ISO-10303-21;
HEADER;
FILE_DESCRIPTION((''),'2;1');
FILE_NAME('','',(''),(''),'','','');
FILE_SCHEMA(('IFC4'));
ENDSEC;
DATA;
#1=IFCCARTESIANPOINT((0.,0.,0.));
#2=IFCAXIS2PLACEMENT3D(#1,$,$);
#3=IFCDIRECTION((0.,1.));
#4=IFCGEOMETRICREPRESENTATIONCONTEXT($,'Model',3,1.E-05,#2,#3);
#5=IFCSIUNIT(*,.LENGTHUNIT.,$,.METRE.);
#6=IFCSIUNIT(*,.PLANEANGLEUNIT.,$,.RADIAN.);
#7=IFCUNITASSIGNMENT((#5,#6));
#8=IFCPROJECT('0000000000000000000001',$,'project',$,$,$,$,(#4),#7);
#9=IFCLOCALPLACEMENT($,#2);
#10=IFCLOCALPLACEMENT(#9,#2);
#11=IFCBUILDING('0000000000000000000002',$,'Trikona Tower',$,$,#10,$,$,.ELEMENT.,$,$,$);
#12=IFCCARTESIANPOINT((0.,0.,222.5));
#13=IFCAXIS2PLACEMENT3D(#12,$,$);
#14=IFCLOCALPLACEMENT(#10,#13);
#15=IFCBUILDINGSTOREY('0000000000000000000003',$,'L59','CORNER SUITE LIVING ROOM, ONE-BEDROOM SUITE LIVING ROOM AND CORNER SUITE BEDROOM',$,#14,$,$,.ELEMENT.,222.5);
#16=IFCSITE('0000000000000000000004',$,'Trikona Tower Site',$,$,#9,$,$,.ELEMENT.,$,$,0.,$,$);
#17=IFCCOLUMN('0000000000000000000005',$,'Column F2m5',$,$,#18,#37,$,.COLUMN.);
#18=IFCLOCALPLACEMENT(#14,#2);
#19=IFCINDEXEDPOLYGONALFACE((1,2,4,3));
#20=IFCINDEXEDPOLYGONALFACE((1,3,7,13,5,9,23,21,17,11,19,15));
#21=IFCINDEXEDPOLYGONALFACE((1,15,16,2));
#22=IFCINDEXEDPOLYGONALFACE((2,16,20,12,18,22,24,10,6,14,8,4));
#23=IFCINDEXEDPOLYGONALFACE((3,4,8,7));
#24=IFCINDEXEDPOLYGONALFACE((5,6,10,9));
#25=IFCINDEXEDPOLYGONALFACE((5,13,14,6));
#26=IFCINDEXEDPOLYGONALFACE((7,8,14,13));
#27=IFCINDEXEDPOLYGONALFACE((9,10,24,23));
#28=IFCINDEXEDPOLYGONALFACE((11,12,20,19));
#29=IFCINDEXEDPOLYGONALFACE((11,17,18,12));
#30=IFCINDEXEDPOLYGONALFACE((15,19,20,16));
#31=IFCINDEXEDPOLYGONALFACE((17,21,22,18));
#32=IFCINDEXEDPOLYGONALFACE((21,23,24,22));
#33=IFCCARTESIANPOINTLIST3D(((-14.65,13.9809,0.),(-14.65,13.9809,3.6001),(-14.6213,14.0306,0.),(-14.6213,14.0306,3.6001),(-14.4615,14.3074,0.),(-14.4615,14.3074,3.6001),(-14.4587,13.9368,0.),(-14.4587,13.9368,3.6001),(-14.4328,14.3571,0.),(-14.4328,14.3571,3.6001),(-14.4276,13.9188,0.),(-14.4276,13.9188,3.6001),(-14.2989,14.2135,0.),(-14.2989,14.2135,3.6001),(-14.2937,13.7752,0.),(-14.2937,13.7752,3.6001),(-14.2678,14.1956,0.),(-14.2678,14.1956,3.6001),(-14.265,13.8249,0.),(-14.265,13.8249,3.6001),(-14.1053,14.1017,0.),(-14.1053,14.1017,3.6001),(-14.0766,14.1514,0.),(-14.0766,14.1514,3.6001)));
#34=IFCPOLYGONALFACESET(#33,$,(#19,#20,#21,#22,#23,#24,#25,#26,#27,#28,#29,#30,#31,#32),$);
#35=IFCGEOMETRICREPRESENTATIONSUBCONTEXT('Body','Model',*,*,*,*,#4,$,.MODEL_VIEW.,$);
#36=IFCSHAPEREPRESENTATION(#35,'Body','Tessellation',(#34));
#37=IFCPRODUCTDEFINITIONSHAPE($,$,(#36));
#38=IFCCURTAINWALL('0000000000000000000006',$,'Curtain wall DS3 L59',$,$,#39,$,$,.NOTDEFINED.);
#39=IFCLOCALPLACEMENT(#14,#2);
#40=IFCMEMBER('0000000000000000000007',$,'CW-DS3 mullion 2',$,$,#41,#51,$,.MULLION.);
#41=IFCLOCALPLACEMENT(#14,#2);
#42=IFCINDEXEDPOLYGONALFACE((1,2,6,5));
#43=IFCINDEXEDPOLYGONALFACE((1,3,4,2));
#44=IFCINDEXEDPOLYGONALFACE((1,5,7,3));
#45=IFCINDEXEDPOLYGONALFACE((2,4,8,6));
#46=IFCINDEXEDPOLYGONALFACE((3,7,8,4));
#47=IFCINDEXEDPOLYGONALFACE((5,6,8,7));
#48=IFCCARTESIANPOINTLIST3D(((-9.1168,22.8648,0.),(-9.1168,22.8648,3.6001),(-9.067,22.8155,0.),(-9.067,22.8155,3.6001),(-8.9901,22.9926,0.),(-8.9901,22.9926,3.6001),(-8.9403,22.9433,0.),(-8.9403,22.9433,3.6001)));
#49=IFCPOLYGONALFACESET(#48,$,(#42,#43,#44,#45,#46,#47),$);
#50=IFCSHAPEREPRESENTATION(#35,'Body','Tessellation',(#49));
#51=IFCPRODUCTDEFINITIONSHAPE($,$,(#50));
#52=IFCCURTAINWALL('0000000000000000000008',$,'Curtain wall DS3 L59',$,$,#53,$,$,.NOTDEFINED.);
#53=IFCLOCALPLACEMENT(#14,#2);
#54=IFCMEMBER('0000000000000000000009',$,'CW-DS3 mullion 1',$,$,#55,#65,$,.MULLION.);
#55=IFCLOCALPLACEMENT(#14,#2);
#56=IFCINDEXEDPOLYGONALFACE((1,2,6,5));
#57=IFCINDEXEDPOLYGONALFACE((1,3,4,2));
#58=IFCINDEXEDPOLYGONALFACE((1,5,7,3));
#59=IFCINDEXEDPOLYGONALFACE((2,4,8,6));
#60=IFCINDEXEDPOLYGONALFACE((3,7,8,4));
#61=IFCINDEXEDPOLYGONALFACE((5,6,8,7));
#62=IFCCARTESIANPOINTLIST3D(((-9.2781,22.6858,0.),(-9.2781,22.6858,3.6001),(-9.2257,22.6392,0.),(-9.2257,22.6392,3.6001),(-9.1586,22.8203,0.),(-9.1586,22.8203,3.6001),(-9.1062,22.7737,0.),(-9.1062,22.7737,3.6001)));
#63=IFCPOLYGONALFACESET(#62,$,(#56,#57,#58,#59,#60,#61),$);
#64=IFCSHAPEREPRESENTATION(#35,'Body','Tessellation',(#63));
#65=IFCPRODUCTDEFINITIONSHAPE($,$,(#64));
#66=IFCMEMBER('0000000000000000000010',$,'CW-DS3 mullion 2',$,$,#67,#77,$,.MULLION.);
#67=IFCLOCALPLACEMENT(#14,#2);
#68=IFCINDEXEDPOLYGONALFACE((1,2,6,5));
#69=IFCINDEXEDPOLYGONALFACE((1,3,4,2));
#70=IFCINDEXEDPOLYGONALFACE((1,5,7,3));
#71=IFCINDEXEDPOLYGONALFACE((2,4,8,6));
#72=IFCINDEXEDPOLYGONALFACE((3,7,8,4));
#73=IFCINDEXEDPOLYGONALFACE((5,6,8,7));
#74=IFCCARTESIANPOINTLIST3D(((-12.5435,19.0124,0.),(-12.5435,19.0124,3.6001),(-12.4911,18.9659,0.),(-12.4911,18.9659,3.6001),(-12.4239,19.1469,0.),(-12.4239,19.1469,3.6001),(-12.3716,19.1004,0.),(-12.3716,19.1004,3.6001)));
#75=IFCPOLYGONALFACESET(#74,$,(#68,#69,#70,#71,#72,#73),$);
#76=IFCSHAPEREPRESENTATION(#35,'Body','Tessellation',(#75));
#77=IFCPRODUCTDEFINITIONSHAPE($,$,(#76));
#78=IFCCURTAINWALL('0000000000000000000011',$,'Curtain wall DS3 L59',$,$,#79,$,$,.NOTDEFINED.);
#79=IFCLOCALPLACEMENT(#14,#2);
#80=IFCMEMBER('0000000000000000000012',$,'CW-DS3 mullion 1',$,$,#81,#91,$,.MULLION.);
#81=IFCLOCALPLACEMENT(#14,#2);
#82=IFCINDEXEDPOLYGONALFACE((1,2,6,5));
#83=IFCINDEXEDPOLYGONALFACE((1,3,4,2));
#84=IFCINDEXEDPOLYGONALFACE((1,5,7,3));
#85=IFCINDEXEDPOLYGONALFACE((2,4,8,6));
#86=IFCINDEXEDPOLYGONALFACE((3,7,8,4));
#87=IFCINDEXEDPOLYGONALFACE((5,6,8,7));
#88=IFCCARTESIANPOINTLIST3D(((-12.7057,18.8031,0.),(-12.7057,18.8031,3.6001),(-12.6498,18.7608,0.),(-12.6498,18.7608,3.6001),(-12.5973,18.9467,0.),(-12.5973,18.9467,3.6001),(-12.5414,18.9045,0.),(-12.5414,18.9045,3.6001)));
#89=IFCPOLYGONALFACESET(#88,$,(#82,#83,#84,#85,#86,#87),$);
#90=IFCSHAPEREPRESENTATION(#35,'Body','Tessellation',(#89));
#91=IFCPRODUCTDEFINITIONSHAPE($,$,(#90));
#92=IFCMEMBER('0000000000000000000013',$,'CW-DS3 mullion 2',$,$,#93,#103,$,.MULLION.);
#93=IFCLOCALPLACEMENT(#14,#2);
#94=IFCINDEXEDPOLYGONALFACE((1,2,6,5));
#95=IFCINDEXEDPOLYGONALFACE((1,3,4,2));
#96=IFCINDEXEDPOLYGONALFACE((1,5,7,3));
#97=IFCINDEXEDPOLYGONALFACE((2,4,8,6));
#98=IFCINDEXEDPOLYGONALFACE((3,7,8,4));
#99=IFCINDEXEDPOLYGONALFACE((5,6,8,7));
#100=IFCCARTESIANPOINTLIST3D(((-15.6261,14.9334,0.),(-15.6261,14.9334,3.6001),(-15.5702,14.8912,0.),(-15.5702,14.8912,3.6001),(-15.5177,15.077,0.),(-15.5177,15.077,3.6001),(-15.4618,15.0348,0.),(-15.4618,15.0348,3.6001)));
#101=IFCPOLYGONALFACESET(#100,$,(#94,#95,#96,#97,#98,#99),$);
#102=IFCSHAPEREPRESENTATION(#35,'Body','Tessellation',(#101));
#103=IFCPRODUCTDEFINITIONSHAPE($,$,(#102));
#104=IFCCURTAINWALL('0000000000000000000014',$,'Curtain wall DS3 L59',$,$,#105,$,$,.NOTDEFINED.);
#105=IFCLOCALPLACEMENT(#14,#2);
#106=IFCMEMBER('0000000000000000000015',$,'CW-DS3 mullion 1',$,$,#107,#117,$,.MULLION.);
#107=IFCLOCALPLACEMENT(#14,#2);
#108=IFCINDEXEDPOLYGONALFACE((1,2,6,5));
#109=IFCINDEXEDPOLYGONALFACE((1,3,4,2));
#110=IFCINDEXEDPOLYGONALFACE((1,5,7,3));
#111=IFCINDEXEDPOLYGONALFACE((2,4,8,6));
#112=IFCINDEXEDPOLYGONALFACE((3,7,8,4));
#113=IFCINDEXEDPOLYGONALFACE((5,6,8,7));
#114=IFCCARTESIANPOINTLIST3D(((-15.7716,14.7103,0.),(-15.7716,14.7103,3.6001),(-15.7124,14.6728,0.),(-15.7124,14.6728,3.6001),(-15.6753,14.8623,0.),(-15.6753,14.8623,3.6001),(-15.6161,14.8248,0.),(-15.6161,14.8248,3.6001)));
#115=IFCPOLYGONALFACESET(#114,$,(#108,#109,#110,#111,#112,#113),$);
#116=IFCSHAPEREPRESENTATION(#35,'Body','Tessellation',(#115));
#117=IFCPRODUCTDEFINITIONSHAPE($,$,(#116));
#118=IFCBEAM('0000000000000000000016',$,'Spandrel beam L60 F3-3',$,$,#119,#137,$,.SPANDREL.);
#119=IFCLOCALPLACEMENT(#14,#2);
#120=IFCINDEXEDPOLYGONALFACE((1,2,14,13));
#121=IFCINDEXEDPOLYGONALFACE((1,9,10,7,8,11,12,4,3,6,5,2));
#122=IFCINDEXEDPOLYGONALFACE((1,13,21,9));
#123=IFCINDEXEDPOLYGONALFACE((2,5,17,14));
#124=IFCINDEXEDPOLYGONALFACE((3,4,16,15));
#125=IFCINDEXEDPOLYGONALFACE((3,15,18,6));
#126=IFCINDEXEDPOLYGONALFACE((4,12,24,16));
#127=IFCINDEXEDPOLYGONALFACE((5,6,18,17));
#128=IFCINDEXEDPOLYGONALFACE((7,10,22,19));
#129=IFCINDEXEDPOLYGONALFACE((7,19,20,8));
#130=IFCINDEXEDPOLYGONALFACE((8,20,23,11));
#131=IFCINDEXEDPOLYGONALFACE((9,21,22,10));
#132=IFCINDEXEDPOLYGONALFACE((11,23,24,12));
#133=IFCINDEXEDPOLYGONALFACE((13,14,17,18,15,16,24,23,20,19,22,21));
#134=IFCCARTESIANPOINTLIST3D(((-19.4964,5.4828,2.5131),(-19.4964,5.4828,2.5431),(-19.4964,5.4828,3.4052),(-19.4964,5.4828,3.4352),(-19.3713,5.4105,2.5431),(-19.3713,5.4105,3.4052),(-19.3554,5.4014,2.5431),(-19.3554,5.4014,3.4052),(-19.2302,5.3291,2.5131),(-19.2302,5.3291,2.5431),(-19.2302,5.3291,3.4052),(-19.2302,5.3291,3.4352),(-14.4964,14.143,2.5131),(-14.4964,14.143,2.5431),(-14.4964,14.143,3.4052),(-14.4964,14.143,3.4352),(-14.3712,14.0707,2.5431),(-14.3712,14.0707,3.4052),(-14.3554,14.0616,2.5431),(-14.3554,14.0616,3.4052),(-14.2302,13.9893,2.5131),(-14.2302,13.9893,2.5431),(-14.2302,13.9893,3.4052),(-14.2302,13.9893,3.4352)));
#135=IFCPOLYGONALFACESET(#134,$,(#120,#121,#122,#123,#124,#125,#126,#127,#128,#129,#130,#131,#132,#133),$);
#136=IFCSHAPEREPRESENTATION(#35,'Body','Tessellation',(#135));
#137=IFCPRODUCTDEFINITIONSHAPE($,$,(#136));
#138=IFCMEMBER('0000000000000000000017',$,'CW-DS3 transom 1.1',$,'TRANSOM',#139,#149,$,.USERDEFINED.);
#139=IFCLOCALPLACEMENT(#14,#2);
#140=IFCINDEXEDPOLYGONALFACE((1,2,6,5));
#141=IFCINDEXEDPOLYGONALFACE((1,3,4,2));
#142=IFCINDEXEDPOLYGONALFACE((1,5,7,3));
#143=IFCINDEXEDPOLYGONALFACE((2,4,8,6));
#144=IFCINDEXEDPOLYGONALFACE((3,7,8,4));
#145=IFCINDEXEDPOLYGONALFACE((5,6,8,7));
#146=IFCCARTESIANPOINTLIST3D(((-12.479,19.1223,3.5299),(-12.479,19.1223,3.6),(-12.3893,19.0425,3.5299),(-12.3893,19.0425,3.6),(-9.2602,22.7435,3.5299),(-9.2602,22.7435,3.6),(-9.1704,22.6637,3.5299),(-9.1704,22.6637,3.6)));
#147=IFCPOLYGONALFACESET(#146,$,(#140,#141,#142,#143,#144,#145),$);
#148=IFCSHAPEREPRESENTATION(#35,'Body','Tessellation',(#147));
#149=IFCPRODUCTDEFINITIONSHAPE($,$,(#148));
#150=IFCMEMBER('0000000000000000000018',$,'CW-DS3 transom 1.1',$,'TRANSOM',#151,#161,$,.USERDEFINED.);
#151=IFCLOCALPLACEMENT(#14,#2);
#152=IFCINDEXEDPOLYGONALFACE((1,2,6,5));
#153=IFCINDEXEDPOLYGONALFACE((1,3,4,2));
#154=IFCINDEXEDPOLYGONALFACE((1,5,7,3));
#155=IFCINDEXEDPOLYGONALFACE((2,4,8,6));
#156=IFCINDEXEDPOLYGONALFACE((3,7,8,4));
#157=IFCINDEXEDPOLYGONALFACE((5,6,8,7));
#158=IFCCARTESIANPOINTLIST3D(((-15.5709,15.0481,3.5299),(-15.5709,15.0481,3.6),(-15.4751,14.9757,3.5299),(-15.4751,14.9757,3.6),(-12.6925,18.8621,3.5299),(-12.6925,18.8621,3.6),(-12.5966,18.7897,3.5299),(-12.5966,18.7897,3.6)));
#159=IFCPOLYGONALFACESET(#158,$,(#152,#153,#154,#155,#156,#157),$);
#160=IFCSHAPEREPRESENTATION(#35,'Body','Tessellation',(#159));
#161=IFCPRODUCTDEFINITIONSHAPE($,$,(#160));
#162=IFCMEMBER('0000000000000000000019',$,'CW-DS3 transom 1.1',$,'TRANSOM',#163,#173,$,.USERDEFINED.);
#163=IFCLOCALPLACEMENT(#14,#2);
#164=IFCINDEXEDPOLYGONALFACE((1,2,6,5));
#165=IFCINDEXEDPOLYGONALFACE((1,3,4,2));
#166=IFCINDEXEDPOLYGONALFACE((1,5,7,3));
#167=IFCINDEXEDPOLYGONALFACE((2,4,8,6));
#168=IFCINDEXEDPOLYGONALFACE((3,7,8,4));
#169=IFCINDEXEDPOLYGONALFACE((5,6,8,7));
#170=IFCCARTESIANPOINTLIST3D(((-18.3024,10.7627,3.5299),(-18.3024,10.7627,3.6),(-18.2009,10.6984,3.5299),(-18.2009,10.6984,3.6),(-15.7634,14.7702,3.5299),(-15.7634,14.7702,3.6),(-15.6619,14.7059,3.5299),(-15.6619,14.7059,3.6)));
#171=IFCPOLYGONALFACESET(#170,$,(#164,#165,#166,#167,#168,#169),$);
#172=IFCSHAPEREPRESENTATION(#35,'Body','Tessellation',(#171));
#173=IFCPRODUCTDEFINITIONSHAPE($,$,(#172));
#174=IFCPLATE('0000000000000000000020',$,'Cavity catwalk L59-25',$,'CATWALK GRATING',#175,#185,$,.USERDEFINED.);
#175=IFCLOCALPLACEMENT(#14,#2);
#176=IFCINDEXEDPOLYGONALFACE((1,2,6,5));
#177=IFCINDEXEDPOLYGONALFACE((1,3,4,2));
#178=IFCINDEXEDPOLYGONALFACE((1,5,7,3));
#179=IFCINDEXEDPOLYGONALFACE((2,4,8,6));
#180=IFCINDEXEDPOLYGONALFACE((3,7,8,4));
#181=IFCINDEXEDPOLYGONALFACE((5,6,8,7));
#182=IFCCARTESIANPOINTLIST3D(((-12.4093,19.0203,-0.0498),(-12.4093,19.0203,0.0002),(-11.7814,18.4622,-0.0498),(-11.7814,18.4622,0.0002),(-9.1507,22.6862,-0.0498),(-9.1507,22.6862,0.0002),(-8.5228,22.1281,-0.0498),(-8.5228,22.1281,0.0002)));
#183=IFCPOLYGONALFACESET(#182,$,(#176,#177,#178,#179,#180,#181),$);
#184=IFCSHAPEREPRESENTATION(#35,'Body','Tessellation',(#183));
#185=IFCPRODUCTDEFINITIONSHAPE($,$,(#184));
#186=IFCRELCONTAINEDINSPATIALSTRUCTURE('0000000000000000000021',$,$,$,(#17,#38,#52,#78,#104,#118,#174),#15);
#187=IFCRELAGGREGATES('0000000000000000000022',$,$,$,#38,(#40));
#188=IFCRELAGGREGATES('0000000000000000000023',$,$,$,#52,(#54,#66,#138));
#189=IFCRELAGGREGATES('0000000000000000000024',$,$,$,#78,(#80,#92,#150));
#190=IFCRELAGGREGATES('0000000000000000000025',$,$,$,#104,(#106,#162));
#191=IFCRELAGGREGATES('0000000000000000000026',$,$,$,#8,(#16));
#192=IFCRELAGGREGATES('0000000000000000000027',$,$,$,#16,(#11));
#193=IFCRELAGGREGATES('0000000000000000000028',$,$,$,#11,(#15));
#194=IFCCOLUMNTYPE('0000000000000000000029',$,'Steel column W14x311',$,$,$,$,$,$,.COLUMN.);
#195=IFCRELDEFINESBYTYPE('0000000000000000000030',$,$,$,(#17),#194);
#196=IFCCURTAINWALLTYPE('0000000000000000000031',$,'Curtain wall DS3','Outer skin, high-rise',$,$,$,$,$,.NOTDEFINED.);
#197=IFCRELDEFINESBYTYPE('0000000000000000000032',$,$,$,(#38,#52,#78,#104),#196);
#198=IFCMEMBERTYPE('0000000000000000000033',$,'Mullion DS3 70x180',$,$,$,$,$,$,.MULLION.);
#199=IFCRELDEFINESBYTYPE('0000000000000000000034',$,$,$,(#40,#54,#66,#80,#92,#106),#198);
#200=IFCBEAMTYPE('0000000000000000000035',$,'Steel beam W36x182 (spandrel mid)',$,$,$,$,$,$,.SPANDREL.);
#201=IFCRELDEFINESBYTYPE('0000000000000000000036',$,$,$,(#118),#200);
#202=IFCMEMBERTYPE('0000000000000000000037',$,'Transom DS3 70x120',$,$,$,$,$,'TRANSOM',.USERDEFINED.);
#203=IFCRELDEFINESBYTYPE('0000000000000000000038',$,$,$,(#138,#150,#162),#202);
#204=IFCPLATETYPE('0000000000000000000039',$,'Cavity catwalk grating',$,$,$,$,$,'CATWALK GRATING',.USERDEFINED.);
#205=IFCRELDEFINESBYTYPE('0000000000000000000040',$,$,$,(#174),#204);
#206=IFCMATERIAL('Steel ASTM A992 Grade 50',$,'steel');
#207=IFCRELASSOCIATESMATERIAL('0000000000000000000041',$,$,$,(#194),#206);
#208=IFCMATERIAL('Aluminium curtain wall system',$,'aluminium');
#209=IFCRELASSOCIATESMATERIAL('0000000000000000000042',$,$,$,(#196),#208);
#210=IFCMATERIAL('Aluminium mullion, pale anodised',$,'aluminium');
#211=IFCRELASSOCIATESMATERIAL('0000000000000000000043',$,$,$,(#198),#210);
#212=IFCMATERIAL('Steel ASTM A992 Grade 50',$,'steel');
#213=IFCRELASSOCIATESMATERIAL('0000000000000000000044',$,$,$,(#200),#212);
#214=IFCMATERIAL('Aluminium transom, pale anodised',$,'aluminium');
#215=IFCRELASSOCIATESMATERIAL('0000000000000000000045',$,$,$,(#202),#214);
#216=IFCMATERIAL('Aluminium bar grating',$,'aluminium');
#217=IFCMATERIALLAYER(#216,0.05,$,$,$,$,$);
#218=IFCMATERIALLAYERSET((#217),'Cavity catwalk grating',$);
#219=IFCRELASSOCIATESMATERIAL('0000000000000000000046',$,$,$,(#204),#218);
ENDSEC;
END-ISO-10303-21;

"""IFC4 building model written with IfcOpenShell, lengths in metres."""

from ifc_helpers import new_model, si_unit, direction, frame, origin, origin_2d, place, context, subcontext, project, spatial, rectangle, i_section, extrude, material, layer, layer_set, material_profile, profile_set, type_object, element, aggregate, save


model = new_model("IFC4")

# Units and contexts
model_context = context("Model", 3, precision=1e-05, world=origin(), true_north=direction((0.0, 1.0)))
body_context = subcontext(model_context, "Body", "Model", "MODEL_VIEW")
ifc_project = project(units=[si_unit("LENGTHUNIT", "METRE"), si_unit("PLANEANGLEUNIT", "RADIAN")], contexts=[model_context])

# Site, building, storey
site_placement = place(None, origin())
site = spatial("IfcSite", under=ifc_project, at=site_placement, Name="Trikona Tower Site", CompositionType="ELEMENT", RefElevation=0.0)
building_placement = place(site_placement, origin())
building = spatial("IfcBuilding", under=site, at=building_placement, Name="Trikona Tower", CompositionType="ELEMENT")
storey_placement = place(building_placement, frame((0.0, 0.0, 222.5)))
storey = spatial("IfcBuildingStorey", under=building, at=storey_placement, Name="L59", Description="CORNER SUITE LIVING ROOM, ONE-BEDROOM SUITE LIVING ROOM AND CORNER SUITE BEDROOM", CompositionType="ELEMENT", Elevation=222.5)

# Column
ifc_material_1 = material(Name="Steel ASTM A992 Grade 50", Category="steel")
ifc_material_profile_1 = material_profile(ifc_material_1, i_section(OverallWidth=0.4114, OverallDepth=0.4343, WebThickness=0.0359, FlangeThickness=0.0574, at=origin_2d()), Name="W14X311")
ifc_profile_set_1 = profile_set([ifc_material_profile_1], Name="Steel ASTM A992 Grade 50")
column_type = type_object("IfcColumnType", Name="Steel column W14x311", PredefinedType="COLUMN", material=ifc_profile_set_1)
column_placement = place(storey_placement, frame((-14.3633, 14.0662, 0.0), z_axis=(0.0, 0.0, 1.0), x_axis=(-0.866025, 0.5, 0.0)))
element("IfcColumn", 1, at=column_placement, inside=storey, type_object=column_type, Name="Column F2m5", PredefinedType="COLUMN", context=body_context, shape_type="SweptSolid", body=[
    extrude(i_section(OverallWidth=0.4114, OverallDepth=0.4343, WebThickness=0.0359, FlangeThickness=0.0574, at=origin_2d()), origin(), (0.0, 0.0, 1.0), 3.6001),
])

# Curtain wall, member
ifc_material_2 = material(Name="Aluminium curtain wall system", Category="aluminium")
curtain_wall_type = type_object("IfcCurtainWallType", Name="Curtain wall DS3", Description="Outer skin, high-rise", PredefinedType="NOTDEFINED", material=ifc_material_2)
curtain_wall_1_placement = place(storey_placement, origin())
curtain_wall_1 = element("IfcCurtainWall", 2, at=curtain_wall_1_placement, inside=storey, type_object=curtain_wall_type, Name="Curtain wall DS3 L59", PredefinedType="NOTDEFINED")
ifc_material_3 = material(Name="Aluminium mullion, pale anodised", Category="aluminium")
ifc_material_profile_2 = material_profile(ifc_material_3, rectangle(XDim=0.0701, YDim=0.1799, at=origin_2d()), Name="MUL-DS3")
ifc_profile_set_2 = profile_set([ifc_material_profile_2], Name="Aluminium mullion, pale anodised")
member_type_1 = type_object("IfcMemberType", Name="Mullion DS3 70x180", PredefinedType="MULLION", material=ifc_profile_set_2)
member_1_placement = place(storey_placement, frame((-9.0286, 22.9041, 0.0), z_axis=(0.0, 0.0, 1.0), x_axis=(0.710052, -0.704149, 0.0)))
member_1 = element("IfcMember", 3, at=member_1_placement, type_object=member_type_1, Name="CW-DS3 mullion 2", PredefinedType="MULLION", context=body_context, shape_type="SweptSolid", body=[
    extrude(rectangle(XDim=0.0701, YDim=0.1799, at=origin_2d()), origin(), (0.0, 0.0, 1.0), 3.6001),
])
aggregate(curtain_wall_1, [member_1])

# Curtain walls, members
curtain_wall_2_placement = place(storey_placement, origin())
curtain_wall_2 = element("IfcCurtainWall", 4, at=curtain_wall_2_placement, inside=storey, type_object=curtain_wall_type, Name="Curtain wall DS3 L59", PredefinedType="NOTDEFINED")
member_2_placement = place(storey_placement, frame((-9.1921, 22.7297, 0.0), z_axis=(0.0, 0.0, 1.0), x_axis=(0.747403, -0.664371, 0.0)))
member_2 = element("IfcMember", 5, at=member_2_placement, type_object=member_type_1, Name="CW-DS3 mullion 1", PredefinedType="MULLION", context=body_context, shape_type="SweptSolid", body=[
    extrude(rectangle(XDim=0.0701, YDim=0.1799, at=origin_2d()), origin(), (0.0, 0.0, 1.0), 3.6001),
])
member_3_placement = place(storey_placement, frame((-12.4575, 19.0564, 0.0), z_axis=(0.0, 0.0, 1.0), x_axis=(0.747403, -0.664371, 0.0)))
member_3 = element("IfcMember", 6, at=member_3_placement, type_object=member_type_1, Name="CW-DS3 mullion 2", PredefinedType="MULLION", context=body_context, shape_type="SweptSolid", body=[
    extrude(rectangle(XDim=0.0701, YDim=0.1799, at=origin_2d()), origin(), (0.0, 0.0, 1.0), 3.6001),
])
curtain_wall_3_placement = place(storey_placement, origin())
curtain_wall_3 = element("IfcCurtainWall", 7, at=curtain_wall_3_placement, inside=storey, type_object=curtain_wall_type, Name="Curtain wall DS3 L59", PredefinedType="NOTDEFINED")
member_4_placement = place(storey_placement, frame((-12.6235, 18.8538, 0.0), z_axis=(0.0, 0.0, 1.0), x_axis=(0.798193, -0.602402, 0.0)))
member_4 = element("IfcMember", 8, at=member_4_placement, type_object=member_type_1, Name="CW-DS3 mullion 1", PredefinedType="MULLION", context=body_context, shape_type="SweptSolid", body=[
    extrude(rectangle(XDim=0.0701, YDim=0.1799, at=origin_2d()), origin(), (0.0, 0.0, 1.0), 3.6001),
])
member_5_placement = place(storey_placement, frame((-15.5439, 14.9841, 0.0), z_axis=(0.0, 0.0, 1.0), x_axis=(0.798193, -0.602402, 0.0)))
member_5 = element("IfcMember", 9, at=member_5_placement, type_object=member_type_1, Name="CW-DS3 mullion 2", PredefinedType="MULLION", context=body_context, shape_type="SweptSolid", body=[
    extrude(rectangle(XDim=0.0701, YDim=0.1799, at=origin_2d()), origin(), (0.0, 0.0, 1.0), 3.6001),
])

# Curtain wall, member
curtain_wall_4_placement = place(storey_placement, origin())
curtain_wall_4 = element("IfcCurtainWall", 10, at=curtain_wall_4_placement, inside=storey, type_object=curtain_wall_type, Name="Curtain wall DS3 L59", PredefinedType="NOTDEFINED")
member_6_placement = place(storey_placement, frame((-15.6938, 14.7676, 0.0), z_axis=(0.0, 0.0, 1.0), x_axis=(0.844727, -0.535197, 0.0)))
member_6 = element("IfcMember", 11, at=member_6_placement, type_object=member_type_1, Name="CW-DS3 mullion 1", PredefinedType="MULLION", context=body_context, shape_type="SweptSolid", body=[
    extrude(rectangle(XDim=0.0701, YDim=0.1799, at=origin_2d()), origin(), (0.0, 0.0, 1.0), 3.6001),
])

# Beam
ifc_material_4 = material(Name="Steel ASTM A992 Grade 50", Category="steel")
ifc_material_profile_3 = material_profile(ifc_material_4, i_section(OverallWidth=0.3074, OverallDepth=0.9221, WebThickness=0.0183, FlangeThickness=0.03, at=origin_2d()), Name="W36X182")
ifc_profile_set_3 = profile_set([ifc_material_profile_3], Name="Steel ASTM A992 Grade 50")
beam_type = type_object("IfcBeamType", Name="Steel beam W36x182 (spandrel mid)", PredefinedType="SPANDREL", material=ifc_profile_set_3)
beam_placement = place(storey_placement, frame((-14.3633, 14.0662, 2.9741), z_axis=(-0.500004, -0.866023, 0.0), x_axis=(0.866023, -0.500004, 0.0)))
element("IfcBeam", 12, at=beam_placement, inside=storey, type_object=beam_type, Name="Spandrel beam L60 F3-3", PredefinedType="SPANDREL", context=body_context, shape_type="SweptSolid", body=[
    extrude(i_section(OverallWidth=0.3074, OverallDepth=0.9221, WebThickness=0.0183, FlangeThickness=0.03, at=origin_2d()), origin(), (0.0, 0.0, 1.0), 10.0),
])

# Members
ifc_material_5 = material(Name="Aluminium transom, pale anodised", Category="aluminium")
ifc_material_profile_4 = material_profile(ifc_material_5, rectangle(XDim=0.1201, YDim=0.0701, at=origin_2d()), Name="TRN-DS3")
ifc_profile_set_4 = profile_set([ifc_material_profile_4], Name="Aluminium transom, pale anodised")
member_type_2 = type_object("IfcMemberType", Name="Transom DS3 70x120", ElementType="TRANSOM", PredefinedType="USERDEFINED", material=ifc_profile_set_4)
member_7_placement = place(storey_placement, frame((-9.2153, 22.7036, 3.5649), z_axis=(-0.664364, -0.747409, 0.0), x_axis=(0.747409, -0.664364, 0.0)))
member_7 = element("IfcMember", 13, at=member_7_placement, type_object=member_type_2, Name="CW-DS3 transom 1.1", ObjectType="TRANSOM", PredefinedType="USERDEFINED", context=body_context, shape_type="SweptSolid", body=[
    extrude(rectangle(XDim=0.1201, YDim=0.0701, at=origin_2d()), origin(), (0.0, 0.0, 1.0), 4.845),
])
member_8_placement = place(storey_placement, frame((-12.6445, 18.8259, 3.5649), z_axis=(-0.602401, -0.798194, 0.0), x_axis=(0.798194, -0.602401, 0.0)))
member_8 = element("IfcMember", 14, at=member_8_placement, type_object=member_type_2, Name="CW-DS3 transom 1.1", ObjectType="TRANSOM", PredefinedType="USERDEFINED", context=body_context, shape_type="SweptSolid", body=[
    extrude(rectangle(XDim=0.1201, YDim=0.0701, at=origin_2d()), origin(), (0.0, 0.0, 1.0), 4.7783),
])
member_9_placement = place(storey_placement, frame((-15.7126, 14.738, 3.5649), z_axis=(-0.535193, -0.84473, 0.0), x_axis=(0.84473, -0.535193, 0.0)))
member_9 = element("IfcMember", 15, at=member_9_placement, type_object=member_type_2, Name="CW-DS3 transom 1.1", ObjectType="TRANSOM", PredefinedType="USERDEFINED", context=body_context, shape_type="SweptSolid", body=[
    extrude(rectangle(XDim=0.1201, YDim=0.0701, at=origin_2d()), origin(), (0.0, 0.0, 1.0), 4.7441),
])

# Plate
ifc_material_6 = material(Name="Aluminium bar grating", Category="aluminium")
ifc_layer_1 = layer(ifc_material_6, 0.05)
ifc_layer_set_1 = layer_set([ifc_layer_1], Name="Cavity catwalk grating")
plate_type_1 = type_object("IfcPlateType", Name="Cavity catwalk grating", ElementType="CATWALK GRATING", PredefinedType="USERDEFINED", material=ifc_layer_set_1)
plate_1_placement = place(storey_placement, frame((-10.4661, 20.5742, -0.0498), z_axis=(0.0, 0.0, 1.0), x_axis=(-0.664367, -0.747406, 0.0)))
element("IfcPlate", 16, at=plate_1_placement, inside=storey, type_object=plate_type_1, Name="Cavity catwalk L59-25", ObjectType="CATWALK GRATING", PredefinedType="USERDEFINED", context=body_context, shape_type="SweptSolid", body=[
    extrude(rectangle(XDim=4.9048, YDim=0.8401, at=origin_2d()), origin(), (0.0, 0.0, 1.0), 0.05),
])

aggregate(curtain_wall_2, [member_2, member_3, member_7])
aggregate(curtain_wall_3, [member_4, member_5, member_8])
aggregate(curtain_wall_4, [member_6, member_9])

save(model, "model.ifc")
